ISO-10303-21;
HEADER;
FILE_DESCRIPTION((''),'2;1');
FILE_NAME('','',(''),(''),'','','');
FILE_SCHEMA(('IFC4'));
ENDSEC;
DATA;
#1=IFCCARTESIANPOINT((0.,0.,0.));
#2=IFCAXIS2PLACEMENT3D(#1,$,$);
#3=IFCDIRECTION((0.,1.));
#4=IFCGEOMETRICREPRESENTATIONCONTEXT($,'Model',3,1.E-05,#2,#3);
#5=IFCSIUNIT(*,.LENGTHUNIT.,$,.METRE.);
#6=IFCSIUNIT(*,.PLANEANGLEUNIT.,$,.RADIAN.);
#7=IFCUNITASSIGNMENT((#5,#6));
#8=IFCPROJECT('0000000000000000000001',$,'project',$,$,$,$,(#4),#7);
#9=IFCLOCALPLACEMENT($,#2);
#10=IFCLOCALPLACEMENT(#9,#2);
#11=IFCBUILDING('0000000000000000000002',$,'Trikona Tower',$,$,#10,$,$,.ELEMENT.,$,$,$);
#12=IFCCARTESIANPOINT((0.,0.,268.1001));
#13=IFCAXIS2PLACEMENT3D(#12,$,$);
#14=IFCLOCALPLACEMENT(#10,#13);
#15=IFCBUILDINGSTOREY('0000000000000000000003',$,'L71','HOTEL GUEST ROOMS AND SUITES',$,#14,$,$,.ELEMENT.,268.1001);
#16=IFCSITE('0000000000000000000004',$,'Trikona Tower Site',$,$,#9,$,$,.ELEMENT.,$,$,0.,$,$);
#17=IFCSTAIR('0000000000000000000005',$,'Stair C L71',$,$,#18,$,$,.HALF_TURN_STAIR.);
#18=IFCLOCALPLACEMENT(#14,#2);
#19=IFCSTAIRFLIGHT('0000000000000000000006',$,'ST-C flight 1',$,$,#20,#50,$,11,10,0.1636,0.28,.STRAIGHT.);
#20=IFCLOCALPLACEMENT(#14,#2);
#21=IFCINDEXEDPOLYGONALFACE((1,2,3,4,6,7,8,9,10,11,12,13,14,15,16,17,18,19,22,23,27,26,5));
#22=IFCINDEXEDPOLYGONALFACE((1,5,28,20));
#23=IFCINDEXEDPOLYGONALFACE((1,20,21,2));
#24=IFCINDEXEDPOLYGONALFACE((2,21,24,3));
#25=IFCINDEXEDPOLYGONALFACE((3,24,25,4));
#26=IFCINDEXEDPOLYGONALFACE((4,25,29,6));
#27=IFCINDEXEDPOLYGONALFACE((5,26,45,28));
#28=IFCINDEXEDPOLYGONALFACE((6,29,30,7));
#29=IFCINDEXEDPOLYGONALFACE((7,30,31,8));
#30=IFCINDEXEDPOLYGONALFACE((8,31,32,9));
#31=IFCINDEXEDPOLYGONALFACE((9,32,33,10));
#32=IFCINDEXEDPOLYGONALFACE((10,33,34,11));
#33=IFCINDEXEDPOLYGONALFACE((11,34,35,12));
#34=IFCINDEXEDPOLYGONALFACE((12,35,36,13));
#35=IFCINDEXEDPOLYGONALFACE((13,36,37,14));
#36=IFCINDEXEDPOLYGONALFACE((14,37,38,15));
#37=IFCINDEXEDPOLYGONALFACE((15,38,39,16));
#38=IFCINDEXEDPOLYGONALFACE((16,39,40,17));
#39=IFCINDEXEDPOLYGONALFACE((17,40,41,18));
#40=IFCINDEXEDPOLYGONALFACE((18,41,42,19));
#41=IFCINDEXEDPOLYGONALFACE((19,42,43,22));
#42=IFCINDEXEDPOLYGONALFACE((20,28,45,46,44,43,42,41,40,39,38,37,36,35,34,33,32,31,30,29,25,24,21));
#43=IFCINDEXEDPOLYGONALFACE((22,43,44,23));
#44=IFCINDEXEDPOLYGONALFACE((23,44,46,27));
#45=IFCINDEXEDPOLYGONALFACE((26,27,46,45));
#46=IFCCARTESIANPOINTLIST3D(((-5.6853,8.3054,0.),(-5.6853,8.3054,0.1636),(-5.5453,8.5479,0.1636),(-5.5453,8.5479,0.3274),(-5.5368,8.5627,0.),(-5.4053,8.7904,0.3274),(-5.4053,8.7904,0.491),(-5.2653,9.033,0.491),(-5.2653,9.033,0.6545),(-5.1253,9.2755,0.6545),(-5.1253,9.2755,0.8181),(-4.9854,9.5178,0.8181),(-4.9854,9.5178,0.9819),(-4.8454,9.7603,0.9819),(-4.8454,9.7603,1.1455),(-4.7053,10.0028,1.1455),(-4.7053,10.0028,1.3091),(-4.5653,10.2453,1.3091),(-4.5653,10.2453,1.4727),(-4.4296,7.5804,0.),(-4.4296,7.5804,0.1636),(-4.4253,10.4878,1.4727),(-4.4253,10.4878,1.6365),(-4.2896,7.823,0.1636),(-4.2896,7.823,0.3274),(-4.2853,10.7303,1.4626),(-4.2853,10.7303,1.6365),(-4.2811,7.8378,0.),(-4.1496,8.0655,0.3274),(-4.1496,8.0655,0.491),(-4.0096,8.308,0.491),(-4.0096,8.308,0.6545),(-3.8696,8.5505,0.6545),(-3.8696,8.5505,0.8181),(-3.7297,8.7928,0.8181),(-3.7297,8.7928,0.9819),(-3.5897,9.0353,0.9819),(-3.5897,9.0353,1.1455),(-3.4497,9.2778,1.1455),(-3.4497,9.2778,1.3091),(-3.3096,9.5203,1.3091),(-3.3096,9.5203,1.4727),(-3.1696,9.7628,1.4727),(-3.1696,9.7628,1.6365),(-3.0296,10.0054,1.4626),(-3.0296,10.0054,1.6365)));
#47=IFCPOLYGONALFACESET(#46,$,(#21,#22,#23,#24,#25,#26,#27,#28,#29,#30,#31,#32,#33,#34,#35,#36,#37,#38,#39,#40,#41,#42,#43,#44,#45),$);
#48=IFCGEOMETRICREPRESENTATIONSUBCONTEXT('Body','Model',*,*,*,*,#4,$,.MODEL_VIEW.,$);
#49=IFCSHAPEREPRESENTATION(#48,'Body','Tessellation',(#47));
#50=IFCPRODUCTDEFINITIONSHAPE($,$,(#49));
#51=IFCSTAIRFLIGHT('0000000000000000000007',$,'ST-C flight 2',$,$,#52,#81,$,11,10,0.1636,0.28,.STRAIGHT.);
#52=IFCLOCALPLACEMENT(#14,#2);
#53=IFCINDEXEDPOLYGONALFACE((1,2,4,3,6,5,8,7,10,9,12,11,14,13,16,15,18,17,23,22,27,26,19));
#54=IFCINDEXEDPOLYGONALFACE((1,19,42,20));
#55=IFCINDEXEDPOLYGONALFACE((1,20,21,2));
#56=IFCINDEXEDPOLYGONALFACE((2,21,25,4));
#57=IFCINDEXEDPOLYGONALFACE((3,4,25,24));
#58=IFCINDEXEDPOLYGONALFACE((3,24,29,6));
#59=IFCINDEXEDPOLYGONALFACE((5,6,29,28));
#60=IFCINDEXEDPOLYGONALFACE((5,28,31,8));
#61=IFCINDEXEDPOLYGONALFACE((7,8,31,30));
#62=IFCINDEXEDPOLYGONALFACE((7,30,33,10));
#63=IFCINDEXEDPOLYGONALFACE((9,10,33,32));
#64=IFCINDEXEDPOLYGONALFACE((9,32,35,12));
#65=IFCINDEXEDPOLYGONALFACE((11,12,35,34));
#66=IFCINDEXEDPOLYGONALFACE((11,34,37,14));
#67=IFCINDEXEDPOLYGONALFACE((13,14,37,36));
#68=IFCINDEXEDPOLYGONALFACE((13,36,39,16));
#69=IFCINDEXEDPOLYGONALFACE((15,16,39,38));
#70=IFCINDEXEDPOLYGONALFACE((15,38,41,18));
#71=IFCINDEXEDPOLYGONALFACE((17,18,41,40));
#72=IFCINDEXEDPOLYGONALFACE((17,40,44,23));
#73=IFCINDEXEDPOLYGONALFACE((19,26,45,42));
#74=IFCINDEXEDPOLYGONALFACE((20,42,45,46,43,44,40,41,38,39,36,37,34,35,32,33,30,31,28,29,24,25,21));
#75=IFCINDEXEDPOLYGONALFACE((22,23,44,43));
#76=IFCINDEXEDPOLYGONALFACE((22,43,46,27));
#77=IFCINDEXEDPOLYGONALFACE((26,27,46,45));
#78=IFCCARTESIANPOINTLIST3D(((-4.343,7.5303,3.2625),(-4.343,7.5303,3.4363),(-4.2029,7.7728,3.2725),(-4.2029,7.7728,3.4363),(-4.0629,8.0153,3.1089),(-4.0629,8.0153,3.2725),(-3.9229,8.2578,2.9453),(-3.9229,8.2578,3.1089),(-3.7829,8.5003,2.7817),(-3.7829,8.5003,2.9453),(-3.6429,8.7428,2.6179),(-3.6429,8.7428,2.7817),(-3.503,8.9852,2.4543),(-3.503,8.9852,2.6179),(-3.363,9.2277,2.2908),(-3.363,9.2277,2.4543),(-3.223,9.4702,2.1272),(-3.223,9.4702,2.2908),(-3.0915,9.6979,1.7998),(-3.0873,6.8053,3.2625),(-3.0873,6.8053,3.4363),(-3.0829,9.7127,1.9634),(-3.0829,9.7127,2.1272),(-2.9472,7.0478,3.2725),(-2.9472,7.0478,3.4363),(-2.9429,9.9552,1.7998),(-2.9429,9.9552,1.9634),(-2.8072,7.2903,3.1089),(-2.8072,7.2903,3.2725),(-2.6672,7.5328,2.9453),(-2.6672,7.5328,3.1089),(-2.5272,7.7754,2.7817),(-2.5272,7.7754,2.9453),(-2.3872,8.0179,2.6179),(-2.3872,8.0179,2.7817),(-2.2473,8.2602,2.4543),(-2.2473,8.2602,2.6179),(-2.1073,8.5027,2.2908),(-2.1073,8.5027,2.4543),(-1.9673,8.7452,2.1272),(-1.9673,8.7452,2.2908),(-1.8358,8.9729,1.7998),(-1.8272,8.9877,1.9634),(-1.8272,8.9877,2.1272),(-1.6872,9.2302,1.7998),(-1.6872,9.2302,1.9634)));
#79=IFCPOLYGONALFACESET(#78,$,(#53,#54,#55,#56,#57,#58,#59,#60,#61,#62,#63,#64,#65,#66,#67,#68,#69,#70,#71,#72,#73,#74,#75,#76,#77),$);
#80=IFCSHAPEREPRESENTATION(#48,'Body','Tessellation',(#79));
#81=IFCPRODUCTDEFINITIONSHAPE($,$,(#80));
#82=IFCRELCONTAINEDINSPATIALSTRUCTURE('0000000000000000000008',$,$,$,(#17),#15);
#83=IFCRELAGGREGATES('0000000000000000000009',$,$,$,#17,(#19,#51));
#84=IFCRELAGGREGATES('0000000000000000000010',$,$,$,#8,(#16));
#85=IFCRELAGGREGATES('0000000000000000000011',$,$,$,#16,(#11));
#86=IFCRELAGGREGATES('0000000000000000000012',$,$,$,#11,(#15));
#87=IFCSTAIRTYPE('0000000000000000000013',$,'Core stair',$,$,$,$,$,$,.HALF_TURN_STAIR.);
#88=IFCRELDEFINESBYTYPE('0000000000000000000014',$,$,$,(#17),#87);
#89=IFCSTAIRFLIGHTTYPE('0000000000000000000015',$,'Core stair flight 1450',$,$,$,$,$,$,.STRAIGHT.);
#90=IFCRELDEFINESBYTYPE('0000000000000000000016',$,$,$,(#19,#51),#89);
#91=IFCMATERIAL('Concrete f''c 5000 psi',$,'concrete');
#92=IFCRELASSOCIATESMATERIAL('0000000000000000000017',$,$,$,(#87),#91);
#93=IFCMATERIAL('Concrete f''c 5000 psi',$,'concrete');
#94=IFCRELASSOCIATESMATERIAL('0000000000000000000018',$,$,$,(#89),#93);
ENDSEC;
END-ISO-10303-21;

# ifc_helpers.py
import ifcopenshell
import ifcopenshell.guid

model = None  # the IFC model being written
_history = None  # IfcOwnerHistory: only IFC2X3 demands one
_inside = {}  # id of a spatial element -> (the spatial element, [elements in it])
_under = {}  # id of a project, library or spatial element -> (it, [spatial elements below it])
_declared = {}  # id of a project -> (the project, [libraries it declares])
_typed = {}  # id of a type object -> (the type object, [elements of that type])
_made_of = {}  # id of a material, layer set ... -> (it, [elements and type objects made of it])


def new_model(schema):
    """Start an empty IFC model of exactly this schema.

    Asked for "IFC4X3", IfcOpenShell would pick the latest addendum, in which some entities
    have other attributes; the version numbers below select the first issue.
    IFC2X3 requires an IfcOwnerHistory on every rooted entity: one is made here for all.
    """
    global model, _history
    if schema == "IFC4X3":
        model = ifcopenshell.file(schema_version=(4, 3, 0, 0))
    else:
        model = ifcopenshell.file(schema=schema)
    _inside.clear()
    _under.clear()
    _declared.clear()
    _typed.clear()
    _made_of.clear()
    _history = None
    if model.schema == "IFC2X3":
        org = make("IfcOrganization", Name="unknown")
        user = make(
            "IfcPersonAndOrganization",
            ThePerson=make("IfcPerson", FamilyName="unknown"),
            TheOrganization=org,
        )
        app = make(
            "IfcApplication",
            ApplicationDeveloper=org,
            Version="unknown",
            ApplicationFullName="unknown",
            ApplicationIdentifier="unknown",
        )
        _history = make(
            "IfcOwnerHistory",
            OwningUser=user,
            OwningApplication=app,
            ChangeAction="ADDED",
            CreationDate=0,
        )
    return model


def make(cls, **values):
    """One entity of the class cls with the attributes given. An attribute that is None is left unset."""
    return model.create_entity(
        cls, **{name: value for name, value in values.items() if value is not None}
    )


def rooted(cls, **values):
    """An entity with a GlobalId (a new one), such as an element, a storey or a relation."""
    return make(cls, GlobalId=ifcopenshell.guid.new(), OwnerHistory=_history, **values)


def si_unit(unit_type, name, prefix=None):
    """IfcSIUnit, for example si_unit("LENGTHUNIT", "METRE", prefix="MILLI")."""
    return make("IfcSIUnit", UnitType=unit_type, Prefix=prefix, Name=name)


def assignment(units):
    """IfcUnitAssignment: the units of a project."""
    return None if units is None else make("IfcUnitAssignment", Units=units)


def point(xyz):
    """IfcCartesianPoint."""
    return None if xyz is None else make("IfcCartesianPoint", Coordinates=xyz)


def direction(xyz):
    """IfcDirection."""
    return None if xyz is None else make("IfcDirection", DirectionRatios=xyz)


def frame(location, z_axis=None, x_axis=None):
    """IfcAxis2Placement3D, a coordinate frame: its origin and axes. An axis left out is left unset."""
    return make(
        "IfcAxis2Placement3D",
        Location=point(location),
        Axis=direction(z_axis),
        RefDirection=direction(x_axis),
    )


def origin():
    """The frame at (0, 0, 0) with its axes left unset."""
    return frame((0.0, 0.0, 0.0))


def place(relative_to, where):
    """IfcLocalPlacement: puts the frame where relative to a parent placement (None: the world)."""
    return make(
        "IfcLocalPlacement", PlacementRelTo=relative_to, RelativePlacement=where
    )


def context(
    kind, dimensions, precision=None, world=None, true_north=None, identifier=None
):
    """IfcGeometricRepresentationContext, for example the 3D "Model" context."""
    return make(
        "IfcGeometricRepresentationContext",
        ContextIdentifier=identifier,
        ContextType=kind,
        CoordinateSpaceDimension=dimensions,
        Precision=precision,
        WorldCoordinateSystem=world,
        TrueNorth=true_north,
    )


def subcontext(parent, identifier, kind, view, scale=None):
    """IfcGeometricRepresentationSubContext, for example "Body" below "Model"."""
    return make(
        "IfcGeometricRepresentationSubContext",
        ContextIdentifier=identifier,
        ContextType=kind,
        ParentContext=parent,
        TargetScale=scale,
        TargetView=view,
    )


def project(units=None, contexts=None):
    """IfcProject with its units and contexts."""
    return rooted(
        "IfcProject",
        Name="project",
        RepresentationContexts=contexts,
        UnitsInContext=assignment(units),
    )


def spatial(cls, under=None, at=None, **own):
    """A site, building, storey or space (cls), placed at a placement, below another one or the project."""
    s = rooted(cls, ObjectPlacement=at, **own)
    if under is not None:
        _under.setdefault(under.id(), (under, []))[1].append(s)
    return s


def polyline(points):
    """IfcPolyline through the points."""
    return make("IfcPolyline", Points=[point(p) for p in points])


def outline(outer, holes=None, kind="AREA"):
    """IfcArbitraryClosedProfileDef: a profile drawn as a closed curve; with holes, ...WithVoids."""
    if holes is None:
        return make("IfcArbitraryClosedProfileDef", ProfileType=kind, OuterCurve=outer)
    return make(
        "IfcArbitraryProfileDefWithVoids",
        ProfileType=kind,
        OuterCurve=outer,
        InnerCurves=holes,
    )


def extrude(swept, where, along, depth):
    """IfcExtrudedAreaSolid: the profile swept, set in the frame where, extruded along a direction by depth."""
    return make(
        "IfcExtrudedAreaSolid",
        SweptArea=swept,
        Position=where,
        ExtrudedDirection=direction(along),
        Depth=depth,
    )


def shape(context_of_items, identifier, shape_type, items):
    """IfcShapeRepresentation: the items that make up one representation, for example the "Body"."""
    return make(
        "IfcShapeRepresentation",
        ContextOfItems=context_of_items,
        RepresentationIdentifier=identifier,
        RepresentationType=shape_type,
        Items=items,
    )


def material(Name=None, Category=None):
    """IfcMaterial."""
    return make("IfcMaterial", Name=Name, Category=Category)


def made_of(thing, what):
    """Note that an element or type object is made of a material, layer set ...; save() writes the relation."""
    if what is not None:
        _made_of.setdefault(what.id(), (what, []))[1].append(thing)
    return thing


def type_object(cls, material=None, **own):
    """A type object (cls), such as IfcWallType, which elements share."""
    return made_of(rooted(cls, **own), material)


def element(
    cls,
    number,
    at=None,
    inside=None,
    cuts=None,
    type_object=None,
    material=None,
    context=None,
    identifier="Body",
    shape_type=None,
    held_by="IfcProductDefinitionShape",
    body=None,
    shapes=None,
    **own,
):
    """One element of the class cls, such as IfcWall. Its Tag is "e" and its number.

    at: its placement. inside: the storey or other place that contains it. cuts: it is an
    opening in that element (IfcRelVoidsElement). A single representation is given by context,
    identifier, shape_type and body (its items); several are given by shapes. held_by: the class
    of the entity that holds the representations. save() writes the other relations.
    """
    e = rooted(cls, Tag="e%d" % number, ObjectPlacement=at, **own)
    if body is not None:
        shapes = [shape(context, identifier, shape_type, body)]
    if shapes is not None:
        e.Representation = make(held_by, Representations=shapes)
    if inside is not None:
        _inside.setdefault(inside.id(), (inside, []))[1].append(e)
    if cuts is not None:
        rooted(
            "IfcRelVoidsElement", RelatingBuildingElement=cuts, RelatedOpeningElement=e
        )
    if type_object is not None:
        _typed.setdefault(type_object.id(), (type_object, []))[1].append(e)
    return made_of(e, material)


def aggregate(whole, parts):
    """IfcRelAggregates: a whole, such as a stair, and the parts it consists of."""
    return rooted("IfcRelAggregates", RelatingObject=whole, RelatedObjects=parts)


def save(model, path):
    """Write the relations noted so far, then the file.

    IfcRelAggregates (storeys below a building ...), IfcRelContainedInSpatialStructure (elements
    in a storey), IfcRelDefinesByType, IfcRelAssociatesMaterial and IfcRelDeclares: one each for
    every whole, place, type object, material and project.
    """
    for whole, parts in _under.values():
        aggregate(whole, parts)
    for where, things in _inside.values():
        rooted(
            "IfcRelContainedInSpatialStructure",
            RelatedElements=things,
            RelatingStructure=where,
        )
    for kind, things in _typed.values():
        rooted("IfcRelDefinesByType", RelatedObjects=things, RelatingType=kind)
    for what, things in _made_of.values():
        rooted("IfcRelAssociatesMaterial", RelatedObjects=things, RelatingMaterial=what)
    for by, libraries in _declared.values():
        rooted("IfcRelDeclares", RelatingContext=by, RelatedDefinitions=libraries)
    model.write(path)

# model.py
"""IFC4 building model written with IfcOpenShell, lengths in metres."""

from ifc_helpers import new_model, si_unit, direction, frame, origin, place, context, subcontext, project, spatial, polyline, outline, extrude, material, type_object, element, aggregate, save


model = new_model("IFC4")

# Units and contexts
model_context = context("Model", 3, precision=1e-05, world=origin(), true_north=direction((0.0, 1.0)))
body_context = subcontext(model_context, "Body", "Model", "MODEL_VIEW")
ifc_project = project(units=[si_unit("LENGTHUNIT", "METRE"), si_unit("PLANEANGLEUNIT", "RADIAN")], contexts=[model_context])

# Site, building, storey
site_placement = place(None, origin())
site = spatial("IfcSite", under=ifc_project, at=site_placement, Name="Trikona Tower Site", CompositionType="ELEMENT", RefElevation=0.0)
building_placement = place(site_placement, origin())
building = spatial("IfcBuilding", under=site, at=building_placement, Name="Trikona Tower", CompositionType="ELEMENT")
storey_placement = place(building_placement, frame((0.0, 0.0, 268.1001)))
storey = spatial("IfcBuildingStorey", under=building, at=storey_placement, Name="L71", Description="HOTEL GUEST ROOMS AND SUITES", CompositionType="ELEMENT", Elevation=268.1001)

# Stair, stair flights
ifc_material_1 = material(Name="Concrete f'c 5000 psi", Category="concrete")
stair_type = type_object("IfcStairType", Name="Core stair", PredefinedType="HALF_TURN_STAIR", material=ifc_material_1)
stair_placement = place(storey_placement, origin())
stair = element("IfcStair", 1, at=stair_placement, inside=storey, type_object=stair_type, Name="Stair C L71", PredefinedType="HALF_TURN_STAIR")
ifc_material_2 = material(Name="Concrete f'c 5000 psi", Category="concrete")
stair_flight_type = type_object("IfcStairFlightType", Name="Core stair flight 1450", PredefinedType="STRAIGHT", material=ifc_material_2)
stair_flight_1_placement = place(storey_placement, frame((-5.0574, 7.9429, 0.0), z_axis=(0.0, 0.0, 1.0), x_axis=(0.5, 0.866025, 0.0)))
stair_flight_1 = element("IfcStairFlight", 2, at=stair_flight_1_placement, type_object=stair_flight_type, Name="ST-C flight 1", NumberOfRisers=11, NumberOfTreads=10, PredefinedType="STRAIGHT", RiserHeight=0.1636, TreadLength=0.28, context=body_context, shape_type="SweptSolid", body=[
    extrude(outline(polyline([(0.0, 0.0), (0.0, 0.1636), (0.28, 0.1636), (0.28, 0.3274), (0.5601, 0.3274), (0.5601, 0.491), (0.8401, 0.491), (0.8401, 0.6545), (1.1201, 0.6545), (1.1201, 0.8181), (1.3999, 0.8181), (1.3999, 0.9819), (1.6799, 0.9819), (1.6799, 1.1455), (1.96, 1.1455), (1.96, 1.3091), (2.24, 1.3091), (2.24, 1.4727), (2.52, 1.4727), (2.52, 1.6365), (2.8, 1.6365), (2.8, 1.8), (2.8, 1.4626), (0.2971, 0.0), (0.0, 0.0)])), frame((0.0, 0.7251, 0.0), z_axis=(0.0, -1.0, 0.0), x_axis=(1.0, 0.0, 0.0)), (0.0, 0.0, 1.0), 1.45),
])
stair_flight_2_placement = place(storey_placement, frame((-2.3152, 9.5928, 1.7998), z_axis=(0.0, 0.0, 1.0), x_axis=(-0.5, -0.866025, 0.0)))
stair_flight_2 = element("IfcStairFlight", 3, at=stair_flight_2_placement, type_object=stair_flight_type, Name="ST-C flight 2", NumberOfRisers=11, NumberOfTreads=10, PredefinedType="STRAIGHT", RiserHeight=0.1636, TreadLength=0.28, context=body_context, shape_type="SweptSolid", body=[
    extrude(outline(polyline([(0.0, 0.0), (0.0, 0.1636), (0.28, 0.1636), (0.28, 0.3274), (0.5601, 0.3274), (0.5601, 0.491), (0.8401, 0.491), (0.8401, 0.6545), (1.1201, 0.6545), (1.1201, 0.8181), (1.3999, 0.8181), (1.3999, 0.9819), (1.6799, 0.9819), (1.6799, 1.1455), (1.96, 1.1455), (1.96, 1.3091), (2.24, 1.3091), (2.24, 1.4727), (2.52, 1.4727), (2.52, 1.6365), (2.8, 1.6365), (2.8, 1.8), (2.8, 1.4626), (0.2971, 0.0), (0.0, 0.0)])), frame((0.0, 0.7251, 0.0), z_axis=(0.0, -1.0, 0.0), x_axis=(1.0, 0.0, 0.0)), (0.0, 0.0, 1.0), 1.45),
])
aggregate(stair, [stair_flight_1, stair_flight_2])

save(model, "model.ifc")
